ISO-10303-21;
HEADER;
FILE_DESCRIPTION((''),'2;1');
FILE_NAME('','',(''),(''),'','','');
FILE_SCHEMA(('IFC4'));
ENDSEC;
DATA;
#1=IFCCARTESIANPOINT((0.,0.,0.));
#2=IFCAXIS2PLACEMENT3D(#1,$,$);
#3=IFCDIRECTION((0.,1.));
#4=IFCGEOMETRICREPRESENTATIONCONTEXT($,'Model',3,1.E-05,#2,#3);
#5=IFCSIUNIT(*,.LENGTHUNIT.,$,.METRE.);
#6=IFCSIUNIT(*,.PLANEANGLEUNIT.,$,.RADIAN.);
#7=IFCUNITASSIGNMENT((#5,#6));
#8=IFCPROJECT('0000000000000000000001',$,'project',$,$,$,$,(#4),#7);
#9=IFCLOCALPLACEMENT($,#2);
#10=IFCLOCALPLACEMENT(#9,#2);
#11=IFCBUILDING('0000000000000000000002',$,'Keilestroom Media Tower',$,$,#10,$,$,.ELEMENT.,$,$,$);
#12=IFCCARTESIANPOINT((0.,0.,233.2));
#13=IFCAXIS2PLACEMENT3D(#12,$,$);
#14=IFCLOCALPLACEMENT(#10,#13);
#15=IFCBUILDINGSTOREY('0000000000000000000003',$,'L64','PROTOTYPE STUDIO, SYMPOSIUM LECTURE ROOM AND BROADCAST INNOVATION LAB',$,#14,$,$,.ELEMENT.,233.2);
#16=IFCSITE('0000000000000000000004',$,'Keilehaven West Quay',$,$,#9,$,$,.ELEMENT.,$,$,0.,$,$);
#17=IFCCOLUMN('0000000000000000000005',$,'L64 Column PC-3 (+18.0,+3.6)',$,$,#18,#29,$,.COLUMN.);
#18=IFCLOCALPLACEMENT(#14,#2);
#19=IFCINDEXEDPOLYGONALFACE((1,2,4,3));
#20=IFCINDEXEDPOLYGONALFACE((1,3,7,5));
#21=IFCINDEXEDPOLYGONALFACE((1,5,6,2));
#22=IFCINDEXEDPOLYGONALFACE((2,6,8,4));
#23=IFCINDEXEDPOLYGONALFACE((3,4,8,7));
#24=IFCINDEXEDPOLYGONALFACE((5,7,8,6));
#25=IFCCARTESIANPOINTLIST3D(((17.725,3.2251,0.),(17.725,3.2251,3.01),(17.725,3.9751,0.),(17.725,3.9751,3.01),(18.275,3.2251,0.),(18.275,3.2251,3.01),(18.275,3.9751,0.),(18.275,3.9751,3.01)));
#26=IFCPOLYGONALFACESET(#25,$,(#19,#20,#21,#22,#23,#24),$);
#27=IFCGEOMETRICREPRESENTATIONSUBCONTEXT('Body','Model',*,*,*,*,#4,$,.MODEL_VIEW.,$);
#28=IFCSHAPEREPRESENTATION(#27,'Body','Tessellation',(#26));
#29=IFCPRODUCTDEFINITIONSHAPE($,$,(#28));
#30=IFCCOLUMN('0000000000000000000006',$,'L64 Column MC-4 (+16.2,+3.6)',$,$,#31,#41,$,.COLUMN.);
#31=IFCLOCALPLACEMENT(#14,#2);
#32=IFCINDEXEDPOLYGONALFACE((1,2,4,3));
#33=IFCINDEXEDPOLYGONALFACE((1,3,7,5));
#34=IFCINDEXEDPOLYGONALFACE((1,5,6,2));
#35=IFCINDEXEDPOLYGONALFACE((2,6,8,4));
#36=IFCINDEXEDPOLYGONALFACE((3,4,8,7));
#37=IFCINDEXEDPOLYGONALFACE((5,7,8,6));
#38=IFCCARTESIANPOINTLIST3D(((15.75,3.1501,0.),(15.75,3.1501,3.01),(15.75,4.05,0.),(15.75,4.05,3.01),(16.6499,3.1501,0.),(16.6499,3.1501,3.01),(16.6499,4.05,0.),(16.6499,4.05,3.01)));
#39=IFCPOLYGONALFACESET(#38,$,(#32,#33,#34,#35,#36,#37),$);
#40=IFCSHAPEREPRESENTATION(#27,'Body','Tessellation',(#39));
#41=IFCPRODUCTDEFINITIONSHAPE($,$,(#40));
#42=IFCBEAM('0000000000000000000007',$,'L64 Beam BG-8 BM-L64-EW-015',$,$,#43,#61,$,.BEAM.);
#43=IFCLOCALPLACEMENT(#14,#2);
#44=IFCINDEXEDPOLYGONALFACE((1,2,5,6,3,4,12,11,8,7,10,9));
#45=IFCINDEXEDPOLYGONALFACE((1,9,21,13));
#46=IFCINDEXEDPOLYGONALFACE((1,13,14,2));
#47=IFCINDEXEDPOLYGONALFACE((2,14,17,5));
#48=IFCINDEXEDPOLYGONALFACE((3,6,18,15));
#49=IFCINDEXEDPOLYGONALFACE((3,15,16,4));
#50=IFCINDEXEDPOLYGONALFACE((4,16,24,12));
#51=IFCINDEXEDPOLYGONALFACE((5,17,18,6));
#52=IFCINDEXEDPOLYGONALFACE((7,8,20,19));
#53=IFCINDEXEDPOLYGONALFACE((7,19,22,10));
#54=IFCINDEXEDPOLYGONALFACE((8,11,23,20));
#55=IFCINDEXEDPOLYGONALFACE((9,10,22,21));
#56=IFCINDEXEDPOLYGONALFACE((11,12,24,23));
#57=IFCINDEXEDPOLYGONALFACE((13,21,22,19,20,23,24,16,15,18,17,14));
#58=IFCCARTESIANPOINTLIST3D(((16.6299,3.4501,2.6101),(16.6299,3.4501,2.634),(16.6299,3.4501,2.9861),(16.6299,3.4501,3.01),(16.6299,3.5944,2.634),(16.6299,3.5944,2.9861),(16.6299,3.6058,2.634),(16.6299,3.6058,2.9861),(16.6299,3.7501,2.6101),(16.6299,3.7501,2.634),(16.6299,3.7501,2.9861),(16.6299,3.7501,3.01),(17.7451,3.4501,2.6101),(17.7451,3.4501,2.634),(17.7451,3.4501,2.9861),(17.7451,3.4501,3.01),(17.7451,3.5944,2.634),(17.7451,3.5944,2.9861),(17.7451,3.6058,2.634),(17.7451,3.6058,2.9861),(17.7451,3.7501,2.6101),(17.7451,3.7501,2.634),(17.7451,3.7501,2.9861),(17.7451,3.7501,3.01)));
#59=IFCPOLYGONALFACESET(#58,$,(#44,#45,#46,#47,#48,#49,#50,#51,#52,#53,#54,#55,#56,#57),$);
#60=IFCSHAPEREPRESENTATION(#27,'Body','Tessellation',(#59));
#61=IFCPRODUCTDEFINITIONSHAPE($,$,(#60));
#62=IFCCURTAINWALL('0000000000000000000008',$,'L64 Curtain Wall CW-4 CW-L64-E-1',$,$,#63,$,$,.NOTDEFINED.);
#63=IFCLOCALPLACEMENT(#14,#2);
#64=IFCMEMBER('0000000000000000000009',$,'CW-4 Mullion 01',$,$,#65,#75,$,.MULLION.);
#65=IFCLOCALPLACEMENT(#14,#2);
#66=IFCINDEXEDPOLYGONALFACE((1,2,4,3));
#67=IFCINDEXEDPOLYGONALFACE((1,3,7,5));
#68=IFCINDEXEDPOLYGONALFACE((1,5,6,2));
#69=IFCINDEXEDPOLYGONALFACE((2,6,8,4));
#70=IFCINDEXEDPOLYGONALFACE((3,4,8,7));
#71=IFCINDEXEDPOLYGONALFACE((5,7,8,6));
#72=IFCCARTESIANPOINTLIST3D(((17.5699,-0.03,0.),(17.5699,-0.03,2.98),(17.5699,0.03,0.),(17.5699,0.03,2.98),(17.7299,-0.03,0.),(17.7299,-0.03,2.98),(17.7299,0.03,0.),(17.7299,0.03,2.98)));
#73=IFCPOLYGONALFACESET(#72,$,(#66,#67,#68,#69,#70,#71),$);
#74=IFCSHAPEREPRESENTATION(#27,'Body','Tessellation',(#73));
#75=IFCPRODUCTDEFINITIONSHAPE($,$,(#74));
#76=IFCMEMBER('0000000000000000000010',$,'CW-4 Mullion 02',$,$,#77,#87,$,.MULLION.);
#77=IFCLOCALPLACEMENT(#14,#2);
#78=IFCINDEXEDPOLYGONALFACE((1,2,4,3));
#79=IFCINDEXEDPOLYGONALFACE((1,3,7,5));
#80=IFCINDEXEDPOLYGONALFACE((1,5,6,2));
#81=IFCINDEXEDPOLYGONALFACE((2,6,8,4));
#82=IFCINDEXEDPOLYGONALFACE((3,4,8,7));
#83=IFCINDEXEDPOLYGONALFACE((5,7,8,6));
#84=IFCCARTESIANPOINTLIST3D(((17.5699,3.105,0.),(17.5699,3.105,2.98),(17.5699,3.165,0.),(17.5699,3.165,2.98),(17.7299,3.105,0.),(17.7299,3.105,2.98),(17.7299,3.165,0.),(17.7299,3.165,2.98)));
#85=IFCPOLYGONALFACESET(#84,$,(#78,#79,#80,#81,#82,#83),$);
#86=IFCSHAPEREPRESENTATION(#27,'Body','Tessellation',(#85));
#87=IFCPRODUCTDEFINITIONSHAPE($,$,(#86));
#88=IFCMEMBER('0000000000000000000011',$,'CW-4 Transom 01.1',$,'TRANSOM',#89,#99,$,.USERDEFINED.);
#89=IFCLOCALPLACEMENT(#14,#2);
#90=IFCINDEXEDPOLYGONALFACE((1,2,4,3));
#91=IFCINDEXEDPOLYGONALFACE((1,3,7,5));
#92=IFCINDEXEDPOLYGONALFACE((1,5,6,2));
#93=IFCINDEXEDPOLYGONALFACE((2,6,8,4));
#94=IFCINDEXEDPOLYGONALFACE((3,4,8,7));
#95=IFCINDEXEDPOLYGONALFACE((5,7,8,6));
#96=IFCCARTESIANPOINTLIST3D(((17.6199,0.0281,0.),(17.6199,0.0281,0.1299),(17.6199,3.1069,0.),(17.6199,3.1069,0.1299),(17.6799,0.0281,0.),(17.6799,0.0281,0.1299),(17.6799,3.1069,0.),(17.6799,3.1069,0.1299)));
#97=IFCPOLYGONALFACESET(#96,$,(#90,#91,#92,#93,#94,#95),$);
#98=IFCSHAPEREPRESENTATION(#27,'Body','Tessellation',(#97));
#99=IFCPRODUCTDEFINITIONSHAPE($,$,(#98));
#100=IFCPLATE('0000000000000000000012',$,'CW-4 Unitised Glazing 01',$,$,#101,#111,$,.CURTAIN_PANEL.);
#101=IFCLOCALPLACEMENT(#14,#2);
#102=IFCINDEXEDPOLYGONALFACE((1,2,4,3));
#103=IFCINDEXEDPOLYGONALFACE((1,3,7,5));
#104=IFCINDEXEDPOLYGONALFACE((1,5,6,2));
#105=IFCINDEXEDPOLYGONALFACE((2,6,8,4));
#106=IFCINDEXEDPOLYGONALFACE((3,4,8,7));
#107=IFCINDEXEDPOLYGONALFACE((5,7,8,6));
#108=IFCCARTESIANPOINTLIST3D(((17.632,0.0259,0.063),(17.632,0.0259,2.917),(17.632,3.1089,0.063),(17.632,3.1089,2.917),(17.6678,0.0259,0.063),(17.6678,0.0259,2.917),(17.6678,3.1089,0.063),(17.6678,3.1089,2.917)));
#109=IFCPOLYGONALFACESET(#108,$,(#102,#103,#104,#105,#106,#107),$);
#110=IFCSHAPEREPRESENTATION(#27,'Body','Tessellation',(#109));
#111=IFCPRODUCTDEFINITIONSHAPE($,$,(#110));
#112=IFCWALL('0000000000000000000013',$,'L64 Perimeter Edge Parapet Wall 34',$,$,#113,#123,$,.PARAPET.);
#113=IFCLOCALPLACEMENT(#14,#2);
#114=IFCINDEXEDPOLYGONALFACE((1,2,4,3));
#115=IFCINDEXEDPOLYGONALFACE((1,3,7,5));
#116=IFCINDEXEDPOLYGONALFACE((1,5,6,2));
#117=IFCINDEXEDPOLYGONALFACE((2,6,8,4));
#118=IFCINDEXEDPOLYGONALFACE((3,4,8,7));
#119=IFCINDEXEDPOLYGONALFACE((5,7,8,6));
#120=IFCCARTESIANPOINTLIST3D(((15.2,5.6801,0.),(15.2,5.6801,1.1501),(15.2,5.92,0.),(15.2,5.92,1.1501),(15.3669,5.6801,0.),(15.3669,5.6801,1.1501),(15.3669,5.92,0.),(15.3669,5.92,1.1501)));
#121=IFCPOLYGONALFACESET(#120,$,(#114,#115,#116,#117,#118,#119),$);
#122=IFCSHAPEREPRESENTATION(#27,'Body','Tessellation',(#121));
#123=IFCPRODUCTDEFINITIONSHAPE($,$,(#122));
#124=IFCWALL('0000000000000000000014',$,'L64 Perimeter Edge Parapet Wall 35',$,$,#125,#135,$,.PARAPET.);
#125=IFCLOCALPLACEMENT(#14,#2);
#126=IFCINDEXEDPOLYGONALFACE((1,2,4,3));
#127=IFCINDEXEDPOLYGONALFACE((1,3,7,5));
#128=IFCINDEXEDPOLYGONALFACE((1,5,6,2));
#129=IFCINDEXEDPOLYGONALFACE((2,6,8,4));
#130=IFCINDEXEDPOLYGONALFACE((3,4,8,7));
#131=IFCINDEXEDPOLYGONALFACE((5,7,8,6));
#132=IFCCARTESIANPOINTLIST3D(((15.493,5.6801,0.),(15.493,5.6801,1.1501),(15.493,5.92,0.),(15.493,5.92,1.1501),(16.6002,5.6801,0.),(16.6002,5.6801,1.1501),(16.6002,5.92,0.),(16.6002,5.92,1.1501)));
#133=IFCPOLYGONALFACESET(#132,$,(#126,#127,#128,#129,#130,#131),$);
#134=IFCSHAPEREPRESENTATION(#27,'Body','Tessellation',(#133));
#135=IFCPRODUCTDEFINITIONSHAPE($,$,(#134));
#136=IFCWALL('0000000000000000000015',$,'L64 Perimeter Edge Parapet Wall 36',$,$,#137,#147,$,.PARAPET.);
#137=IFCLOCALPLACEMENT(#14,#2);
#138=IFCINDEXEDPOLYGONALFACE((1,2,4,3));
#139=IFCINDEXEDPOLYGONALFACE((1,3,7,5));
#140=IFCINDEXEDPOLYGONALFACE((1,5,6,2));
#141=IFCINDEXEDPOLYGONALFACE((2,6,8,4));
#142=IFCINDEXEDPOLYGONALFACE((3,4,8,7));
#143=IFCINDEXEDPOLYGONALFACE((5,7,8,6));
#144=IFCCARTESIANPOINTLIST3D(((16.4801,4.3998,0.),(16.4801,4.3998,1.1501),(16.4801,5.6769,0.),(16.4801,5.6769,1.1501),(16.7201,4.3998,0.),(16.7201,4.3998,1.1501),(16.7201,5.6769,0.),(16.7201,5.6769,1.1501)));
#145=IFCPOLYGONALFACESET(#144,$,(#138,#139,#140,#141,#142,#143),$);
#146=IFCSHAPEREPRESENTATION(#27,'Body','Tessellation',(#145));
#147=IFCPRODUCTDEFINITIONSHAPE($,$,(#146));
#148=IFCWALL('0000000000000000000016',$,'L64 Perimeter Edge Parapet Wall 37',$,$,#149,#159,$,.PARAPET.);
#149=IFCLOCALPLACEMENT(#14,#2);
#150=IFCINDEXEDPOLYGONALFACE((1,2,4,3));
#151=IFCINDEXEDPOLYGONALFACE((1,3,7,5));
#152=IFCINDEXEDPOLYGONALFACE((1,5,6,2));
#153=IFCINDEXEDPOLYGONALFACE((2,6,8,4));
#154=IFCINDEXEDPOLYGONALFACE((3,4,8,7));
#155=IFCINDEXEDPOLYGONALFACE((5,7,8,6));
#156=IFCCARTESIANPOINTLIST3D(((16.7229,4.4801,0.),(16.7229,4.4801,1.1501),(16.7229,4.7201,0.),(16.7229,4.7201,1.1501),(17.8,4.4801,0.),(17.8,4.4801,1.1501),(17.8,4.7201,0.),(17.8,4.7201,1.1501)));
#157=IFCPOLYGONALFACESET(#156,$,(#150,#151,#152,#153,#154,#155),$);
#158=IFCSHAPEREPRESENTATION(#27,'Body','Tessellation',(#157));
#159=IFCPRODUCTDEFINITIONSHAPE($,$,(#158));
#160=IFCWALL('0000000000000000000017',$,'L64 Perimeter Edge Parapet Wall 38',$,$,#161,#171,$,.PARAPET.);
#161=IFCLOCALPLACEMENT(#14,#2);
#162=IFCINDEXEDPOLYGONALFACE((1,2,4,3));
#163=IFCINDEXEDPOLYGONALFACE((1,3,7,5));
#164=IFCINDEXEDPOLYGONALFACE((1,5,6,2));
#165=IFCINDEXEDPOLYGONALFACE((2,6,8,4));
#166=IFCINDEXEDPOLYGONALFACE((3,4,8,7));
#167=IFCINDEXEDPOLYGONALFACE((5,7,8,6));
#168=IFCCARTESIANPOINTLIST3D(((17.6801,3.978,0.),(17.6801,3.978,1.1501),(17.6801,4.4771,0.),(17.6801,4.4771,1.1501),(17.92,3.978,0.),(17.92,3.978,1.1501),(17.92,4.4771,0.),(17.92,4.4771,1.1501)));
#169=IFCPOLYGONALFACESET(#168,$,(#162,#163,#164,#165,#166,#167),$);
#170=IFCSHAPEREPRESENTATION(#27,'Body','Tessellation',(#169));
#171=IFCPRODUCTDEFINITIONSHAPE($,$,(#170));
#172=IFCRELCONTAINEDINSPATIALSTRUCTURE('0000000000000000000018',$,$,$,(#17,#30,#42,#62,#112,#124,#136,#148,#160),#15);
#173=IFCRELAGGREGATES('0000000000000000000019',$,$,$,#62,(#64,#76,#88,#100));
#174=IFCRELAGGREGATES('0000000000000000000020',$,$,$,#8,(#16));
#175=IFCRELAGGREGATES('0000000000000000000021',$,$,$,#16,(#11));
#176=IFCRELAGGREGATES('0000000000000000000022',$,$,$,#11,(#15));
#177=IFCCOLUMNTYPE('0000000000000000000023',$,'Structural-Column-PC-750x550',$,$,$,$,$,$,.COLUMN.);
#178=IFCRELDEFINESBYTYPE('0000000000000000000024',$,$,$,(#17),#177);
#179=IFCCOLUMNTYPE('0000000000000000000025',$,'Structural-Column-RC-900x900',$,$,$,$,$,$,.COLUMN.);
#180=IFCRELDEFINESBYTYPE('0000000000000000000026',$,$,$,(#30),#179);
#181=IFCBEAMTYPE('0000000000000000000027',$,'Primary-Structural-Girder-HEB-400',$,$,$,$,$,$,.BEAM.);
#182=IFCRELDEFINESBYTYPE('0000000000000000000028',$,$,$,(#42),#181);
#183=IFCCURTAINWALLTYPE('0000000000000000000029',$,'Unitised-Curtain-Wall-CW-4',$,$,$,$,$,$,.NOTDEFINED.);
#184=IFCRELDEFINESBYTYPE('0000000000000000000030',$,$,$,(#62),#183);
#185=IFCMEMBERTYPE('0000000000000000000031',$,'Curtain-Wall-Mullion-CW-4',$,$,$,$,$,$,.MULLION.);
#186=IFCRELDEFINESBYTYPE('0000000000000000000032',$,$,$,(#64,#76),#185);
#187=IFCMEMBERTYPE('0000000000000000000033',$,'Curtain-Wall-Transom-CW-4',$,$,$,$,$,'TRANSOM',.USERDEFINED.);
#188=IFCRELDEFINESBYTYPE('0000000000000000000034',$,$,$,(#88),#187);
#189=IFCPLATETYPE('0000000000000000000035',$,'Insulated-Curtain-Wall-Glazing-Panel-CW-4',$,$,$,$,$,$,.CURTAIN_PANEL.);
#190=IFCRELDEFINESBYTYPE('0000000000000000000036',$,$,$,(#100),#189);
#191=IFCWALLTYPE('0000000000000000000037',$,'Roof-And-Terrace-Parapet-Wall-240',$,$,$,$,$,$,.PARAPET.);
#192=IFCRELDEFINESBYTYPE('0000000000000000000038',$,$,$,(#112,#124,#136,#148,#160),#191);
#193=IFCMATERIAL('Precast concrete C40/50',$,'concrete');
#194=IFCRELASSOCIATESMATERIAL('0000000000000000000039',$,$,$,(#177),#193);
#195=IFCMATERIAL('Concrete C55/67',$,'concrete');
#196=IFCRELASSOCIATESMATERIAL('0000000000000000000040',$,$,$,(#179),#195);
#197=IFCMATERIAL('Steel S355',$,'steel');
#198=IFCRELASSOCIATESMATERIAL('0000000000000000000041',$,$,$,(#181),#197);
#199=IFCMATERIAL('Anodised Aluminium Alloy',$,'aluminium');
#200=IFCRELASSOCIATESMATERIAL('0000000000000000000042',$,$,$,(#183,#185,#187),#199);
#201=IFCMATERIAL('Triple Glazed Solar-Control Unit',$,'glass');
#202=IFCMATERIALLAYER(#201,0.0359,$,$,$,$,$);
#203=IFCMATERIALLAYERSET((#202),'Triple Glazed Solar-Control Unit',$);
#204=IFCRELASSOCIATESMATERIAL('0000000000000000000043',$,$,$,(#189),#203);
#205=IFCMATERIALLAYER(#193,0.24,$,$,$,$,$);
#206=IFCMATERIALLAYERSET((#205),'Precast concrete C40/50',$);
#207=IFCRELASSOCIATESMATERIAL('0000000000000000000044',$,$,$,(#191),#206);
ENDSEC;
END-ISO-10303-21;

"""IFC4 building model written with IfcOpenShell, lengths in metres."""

from ifc_helpers import new_model, si_unit, direction, frame, frame_2d, origin, origin_2d, place, context, subcontext, project, spatial, rectangle, i_section, extrude, source, transform, mapped, material, layer, layer_set, material_profile, profile_set, type_object, element, aggregate, save


model = new_model("IFC4")

# Units and contexts
model_context = context("Model", 3, precision=1e-05, world=origin(), true_north=direction((0.0, 1.0)))
body_context = subcontext(model_context, "Body", "Model", "MODEL_VIEW")
ifc_project = project(units=[si_unit("LENGTHUNIT", "METRE"), si_unit("PLANEANGLEUNIT", "RADIAN")], contexts=[model_context])

# Site, building, storey
site_placement = place(None, origin())
site = spatial("IfcSite", under=ifc_project, at=site_placement, Name="Keilehaven West Quay", CompositionType="ELEMENT", RefElevation=0.0)
building_placement = place(site_placement, origin())
building = spatial("IfcBuilding", under=site, at=building_placement, Name="Keilestroom Media Tower", CompositionType="ELEMENT")
storey_placement = place(building_placement, frame((0.0, 0.0, 233.2)))
storey = spatial("IfcBuildingStorey", under=building, at=storey_placement, Name="L64", Description="PROTOTYPE STUDIO, SYMPOSIUM LECTURE ROOM AND BROADCAST INNOVATION LAB", CompositionType="ELEMENT", Elevation=233.2)

# Columns
ifc_material_1 = material(Name="Precast concrete C40/50", Category="concrete")
ifc_material_profile_1 = material_profile(ifc_material_1, rectangle(XDim=0.55, YDim=0.75, at=origin_2d()), Name="PC 750x550")
ifc_profile_set_1 = profile_set([ifc_material_profile_1], Name="Precast concrete C40/50")
column_type_1 = type_object("IfcColumnType", Name="Structural-Column-PC-750x550", PredefinedType="COLUMN", material=ifc_profile_set_1)
shared_shape_1 = source(origin(), body_context, "Body", "SweptSolid", [
    extrude(rectangle(XDim=0.55, YDim=0.75, at=origin_2d()), origin(), (0.0, 0.0, 1.0), 3.01),
])
column_1_placement = place(storey_placement, frame((18.0, 3.6001, 0.0), z_axis=(0.0, 0.0, 1.0), x_axis=(1.0, 0.0, 0.0)))
element("IfcColumn", 1, at=column_1_placement, inside=storey, type_object=column_type_1, Name="L64 Column PC-3 (+18.0,+3.6)", PredefinedType="COLUMN", context=body_context, shape_type="MappedRepresentation", body=[
    mapped(shared_shape_1, transform((0.0, 0.0, 0.0), x_axis=(1.0, 0.0, 0.0), y_axis=(0.0, 1.0, 0.0), z_axis=(0.0, 0.0, 1.0), scale=1.0)),
])
ifc_material_2 = material(Name="Concrete C55/67", Category="concrete")
ifc_material_profile_2 = material_profile(ifc_material_2, rectangle(XDim=0.8999, YDim=0.8999, at=origin_2d()), Name="RC 900x900")
ifc_profile_set_2 = profile_set([ifc_material_profile_2], Name="Concrete C55/67")
column_type_2 = type_object("IfcColumnType", Name="Structural-Column-RC-900x900", PredefinedType="COLUMN", material=ifc_profile_set_2)
shared_shape_2 = source(origin(), body_context, "Body", "SweptSolid", [
    extrude(rectangle(XDim=0.8999, YDim=0.8999, at=origin_2d()), origin(), (0.0, 0.0, 1.0), 3.01),
])
column_2_placement = place(storey_placement, frame((16.2, 3.6001, 0.0), z_axis=(0.0, 0.0, 1.0), x_axis=(1.0, 0.0, 0.0)))
element("IfcColumn", 2, at=column_2_placement, inside=storey, type_object=column_type_2, Name="L64 Column MC-4 (+16.2,+3.6)", PredefinedType="COLUMN", context=body_context, shape_type="MappedRepresentation", body=[
    mapped(shared_shape_2, transform((0.0, 0.0, 0.0), x_axis=(1.0, 0.0, 0.0), y_axis=(0.0, 1.0, 0.0), z_axis=(0.0, 0.0, 1.0), scale=1.0)),
])

# Beam
ifc_material_3 = material(Name="Steel S355", Category="steel")
ifc_material_profile_3 = material_profile(ifc_material_3, i_section(OverallWidth=0.3, OverallDepth=0.3999, WebThickness=0.0115, FlangeThickness=0.0239, at=origin_2d()), Name="HEB 400")
ifc_profile_set_3 = profile_set([ifc_material_profile_3], Name="Steel S355")
beam_type = type_object("IfcBeamType", Name="Primary-Structural-Girder-HEB-400", PredefinedType="BEAM", material=ifc_profile_set_3)
shared_shape_3 = source(origin(), body_context, "Body", "SweptSolid", [
    extrude(i_section(OverallWidth=0.3, OverallDepth=0.3999, WebThickness=0.0115, FlangeThickness=0.0239, at=origin_2d()), origin(), (0.0, 0.0, 1.0), 1.1152),
])
beam_placement = place(storey_placement, frame((16.6299, 3.6001, 2.8101), z_axis=(1.0, 0.0, 0.0), x_axis=(0.0, 1.0, 0.0)))
element("IfcBeam", 3, at=beam_placement, inside=storey, type_object=beam_type, Name="L64 Beam BG-8 BM-L64-EW-015", PredefinedType="BEAM", context=body_context, shape_type="MappedRepresentation", body=[
    mapped(shared_shape_3, transform((0.0, 0.0, 0.0), x_axis=(1.0, 0.0, 0.0), y_axis=(0.0, 1.0, 0.0), z_axis=(0.0, 0.0, 1.0), scale=1.0)),
])

# Curtain wall, members, plate
ifc_material_4 = material(Name="Anodised Aluminium Alloy", Category="aluminium")
curtain_wall_type = type_object("IfcCurtainWallType", Name="Unitised-Curtain-Wall-CW-4", PredefinedType="NOTDEFINED", material=ifc_material_4)
curtain_wall_placement = place(storey_placement, origin())
curtain_wall = element("IfcCurtainWall", 4, at=curtain_wall_placement, inside=storey, type_object=curtain_wall_type, Name="L64 Curtain Wall CW-4 CW-L64-E-1", PredefinedType="NOTDEFINED")
ifc_material_profile_4 = material_profile(ifc_material_4, rectangle(XDim=0.0601, YDim=0.1599, at=origin_2d()), Name="ALU MULLION 60x160")
ifc_profile_set_4 = profile_set([ifc_material_profile_4], Name="Anodised Aluminium Alloy")
member_type_1 = type_object("IfcMemberType", Name="Curtain-Wall-Mullion-CW-4", PredefinedType="MULLION", material=ifc_profile_set_4)
shared_shape_4 = source(origin(), body_context, "Body", "SweptSolid", [
    extrude(rectangle(XDim=0.0601, YDim=0.1599, at=origin_2d()), origin(), (0.0, 0.0, 1.0), 2.98),
])
member_1_placement = place(storey_placement, frame((17.6499, 0.0, 0.0), z_axis=(0.0, 0.0, 1.0), x_axis=(0.0, 1.0, 0.0)))
member_1 = element("IfcMember", 5, at=member_1_placement, type_object=member_type_1, Name="CW-4 Mullion 01", PredefinedType="MULLION", context=body_context, shape_type="MappedRepresentation", body=[
    mapped(shared_shape_4, transform((0.0, 0.0, 0.0), x_axis=(1.0, 0.0, 0.0), y_axis=(0.0, 1.0, 0.0), z_axis=(0.0, 0.0, 1.0), scale=1.0)),
])
member_2_placement = place(storey_placement, frame((17.6499, 3.135, 0.0), z_axis=(0.0, 0.0, 1.0), x_axis=(0.0, 1.0, 0.0)))
member_2 = element("IfcMember", 6, at=member_2_placement, type_object=member_type_1, Name="CW-4 Mullion 02", PredefinedType="MULLION", context=body_context, shape_type="MappedRepresentation", body=[
    mapped(shared_shape_4, transform((0.0, 0.0, 0.0), x_axis=(1.0, 0.0, 0.0), y_axis=(0.0, 1.0, 0.0), z_axis=(0.0, 0.0, 1.0), scale=1.0)),
])
ifc_material_profile_5 = material_profile(ifc_material_4, rectangle(XDim=0.0601, YDim=0.1299, at=origin_2d()), Name="ALU TRANSOM 60x130")
ifc_profile_set_5 = profile_set([ifc_material_profile_5], Name="Anodised Aluminium Alloy")
member_type_2 = type_object("IfcMemberType", Name="Curtain-Wall-Transom-CW-4", ElementType="TRANSOM", PredefinedType="USERDEFINED", material=ifc_profile_set_5)
shared_shape_5 = source(origin(), body_context, "Body", "SweptSolid", [
    extrude(rectangle(XDim=0.0601, YDim=0.1299, at=origin_2d()), origin(), (0.0, 0.0, 1.0), 3.0789),
])
member_3_placement = place(storey_placement, frame((17.6499, 0.0281, 0.0649), z_axis=(0.0, 1.0, 0.0), x_axis=(-1.0, 0.0, 0.0)))
member_3 = element("IfcMember", 7, at=member_3_placement, type_object=member_type_2, Name="CW-4 Transom 01.1", ObjectType="TRANSOM", PredefinedType="USERDEFINED", context=body_context, shape_type="MappedRepresentation", body=[
    mapped(shared_shape_5, transform((0.0, 0.0, 0.0), x_axis=(1.0, 0.0, 0.0), y_axis=(0.0, 1.0, 0.0), z_axis=(0.0, 0.0, 1.0), scale=1.0)),
])
ifc_material_5 = material(Name="Triple Glazed Solar-Control Unit", Category="glass")
ifc_layer_1 = layer(ifc_material_5, 0.0359)
ifc_layer_set_1 = layer_set([ifc_layer_1], Name="Triple Glazed Solar-Control Unit")
plate_type = type_object("IfcPlateType", Name="Insulated-Curtain-Wall-Glazing-Panel-CW-4", PredefinedType="CURTAIN_PANEL", material=ifc_layer_set_1)
shared_shape_6 = source(origin(), body_context, "Body", "SweptSolid", [
    extrude(rectangle(XDim=3.083, YDim=0.0359, at=origin_2d()), origin(), (0.0, 0.0, 1.0), 2.854),
])
plate_placement = place(storey_placement, frame((17.6499, 1.5674, 0.063), z_axis=(0.0, 0.0, 1.0), x_axis=(0.0, 1.0, 0.0)))
plate = element("IfcPlate", 8, at=plate_placement, type_object=plate_type, Name="CW-4 Unitised Glazing 01", PredefinedType="CURTAIN_PANEL", context=body_context, shape_type="MappedRepresentation", body=[
    mapped(shared_shape_6, transform((0.0, 0.0, 0.0), x_axis=(1.0, 0.0, 0.0), y_axis=(0.0, 1.0, 0.0), z_axis=(0.0, 0.0, 1.0), scale=1.0)),
])
aggregate(curtain_wall, [member_1, member_2, member_3, plate])

# Walls
ifc_layer_2 = layer(ifc_material_1, 0.24)
ifc_layer_set_2 = layer_set([ifc_layer_2], Name="Precast concrete C40/50")
wall_type = type_object("IfcWallType", Name="Roof-And-Terrace-Parapet-Wall-240", PredefinedType="PARAPET", material=ifc_layer_set_2)
wall_1_placement = place(storey_placement, frame((15.2, 5.8, 0.0), z_axis=(0.0, 0.0, 1.0), x_axis=(1.0, 0.0, 0.0)))
element("IfcWall", 9, at=wall_1_placement, inside=storey, type_object=wall_type, Name="L64 Perimeter Edge Parapet Wall 34", PredefinedType="PARAPET", context=body_context, shape_type="SweptSolid", body=[
    extrude(rectangle(XDim=0.167, YDim=0.24, at=frame_2d((0.0835, 0.0))), origin(), (0.0, 0.0, 1.0), 1.1501),
])
wall_2_placement = place(storey_placement, frame((15.4929, 5.8, 0.0), z_axis=(0.0, 0.0, 1.0), x_axis=(1.0, 0.0, 0.0)))
element("IfcWall", 10, at=wall_2_placement, inside=storey, type_object=wall_type, Name="L64 Perimeter Edge Parapet Wall 35", PredefinedType="PARAPET", context=body_context, shape_type="SweptSolid", body=[
    extrude(rectangle(XDim=1.1072, YDim=0.24, at=frame_2d((0.5537, 0.0))), origin(), (0.0, 0.0, 1.0), 1.1501),
])
wall_3_placement = place(storey_placement, frame((16.6001, 5.677, 0.0), z_axis=(0.0, 0.0, 1.0), x_axis=(0.0, -1.0, 0.0)))
element("IfcWall", 11, at=wall_3_placement, inside=storey, type_object=wall_type, Name="L64 Perimeter Edge Parapet Wall 36", PredefinedType="PARAPET", context=body_context, shape_type="SweptSolid", body=[
    extrude(rectangle(XDim=1.2771, YDim=0.24, at=frame_2d((0.6387, 0.0))), origin(), (0.0, 0.0, 1.0), 1.1501),
])
wall_4_placement = place(storey_placement, frame((16.7229, 4.6001, 0.0), z_axis=(0.0, 0.0, 1.0), x_axis=(1.0, 0.0, 0.0)))
element("IfcWall", 12, at=wall_4_placement, inside=storey, type_object=wall_type, Name="L64 Perimeter Edge Parapet Wall 37", PredefinedType="PARAPET", context=body_context, shape_type="SweptSolid", body=[
    extrude(rectangle(XDim=1.0771, YDim=0.24, at=frame_2d((0.5386, 0.0))), origin(), (0.0, 0.0, 1.0), 1.1501),
])
wall_5_placement = place(storey_placement, frame((17.8, 4.4771, 0.0), z_axis=(0.0, 0.0, 1.0), x_axis=(0.0, -1.0, 0.0)))
element("IfcWall", 13, at=wall_5_placement, inside=storey, type_object=wall_type, Name="L64 Perimeter Edge Parapet Wall 38", PredefinedType="PARAPET", context=body_context, shape_type="SweptSolid", body=[
    extrude(rectangle(XDim=0.499, YDim=0.24, at=frame_2d((0.2495, 0.0))), origin(), (0.0, 0.0, 1.0), 1.1501),
])

save(model, "model.ifc")
